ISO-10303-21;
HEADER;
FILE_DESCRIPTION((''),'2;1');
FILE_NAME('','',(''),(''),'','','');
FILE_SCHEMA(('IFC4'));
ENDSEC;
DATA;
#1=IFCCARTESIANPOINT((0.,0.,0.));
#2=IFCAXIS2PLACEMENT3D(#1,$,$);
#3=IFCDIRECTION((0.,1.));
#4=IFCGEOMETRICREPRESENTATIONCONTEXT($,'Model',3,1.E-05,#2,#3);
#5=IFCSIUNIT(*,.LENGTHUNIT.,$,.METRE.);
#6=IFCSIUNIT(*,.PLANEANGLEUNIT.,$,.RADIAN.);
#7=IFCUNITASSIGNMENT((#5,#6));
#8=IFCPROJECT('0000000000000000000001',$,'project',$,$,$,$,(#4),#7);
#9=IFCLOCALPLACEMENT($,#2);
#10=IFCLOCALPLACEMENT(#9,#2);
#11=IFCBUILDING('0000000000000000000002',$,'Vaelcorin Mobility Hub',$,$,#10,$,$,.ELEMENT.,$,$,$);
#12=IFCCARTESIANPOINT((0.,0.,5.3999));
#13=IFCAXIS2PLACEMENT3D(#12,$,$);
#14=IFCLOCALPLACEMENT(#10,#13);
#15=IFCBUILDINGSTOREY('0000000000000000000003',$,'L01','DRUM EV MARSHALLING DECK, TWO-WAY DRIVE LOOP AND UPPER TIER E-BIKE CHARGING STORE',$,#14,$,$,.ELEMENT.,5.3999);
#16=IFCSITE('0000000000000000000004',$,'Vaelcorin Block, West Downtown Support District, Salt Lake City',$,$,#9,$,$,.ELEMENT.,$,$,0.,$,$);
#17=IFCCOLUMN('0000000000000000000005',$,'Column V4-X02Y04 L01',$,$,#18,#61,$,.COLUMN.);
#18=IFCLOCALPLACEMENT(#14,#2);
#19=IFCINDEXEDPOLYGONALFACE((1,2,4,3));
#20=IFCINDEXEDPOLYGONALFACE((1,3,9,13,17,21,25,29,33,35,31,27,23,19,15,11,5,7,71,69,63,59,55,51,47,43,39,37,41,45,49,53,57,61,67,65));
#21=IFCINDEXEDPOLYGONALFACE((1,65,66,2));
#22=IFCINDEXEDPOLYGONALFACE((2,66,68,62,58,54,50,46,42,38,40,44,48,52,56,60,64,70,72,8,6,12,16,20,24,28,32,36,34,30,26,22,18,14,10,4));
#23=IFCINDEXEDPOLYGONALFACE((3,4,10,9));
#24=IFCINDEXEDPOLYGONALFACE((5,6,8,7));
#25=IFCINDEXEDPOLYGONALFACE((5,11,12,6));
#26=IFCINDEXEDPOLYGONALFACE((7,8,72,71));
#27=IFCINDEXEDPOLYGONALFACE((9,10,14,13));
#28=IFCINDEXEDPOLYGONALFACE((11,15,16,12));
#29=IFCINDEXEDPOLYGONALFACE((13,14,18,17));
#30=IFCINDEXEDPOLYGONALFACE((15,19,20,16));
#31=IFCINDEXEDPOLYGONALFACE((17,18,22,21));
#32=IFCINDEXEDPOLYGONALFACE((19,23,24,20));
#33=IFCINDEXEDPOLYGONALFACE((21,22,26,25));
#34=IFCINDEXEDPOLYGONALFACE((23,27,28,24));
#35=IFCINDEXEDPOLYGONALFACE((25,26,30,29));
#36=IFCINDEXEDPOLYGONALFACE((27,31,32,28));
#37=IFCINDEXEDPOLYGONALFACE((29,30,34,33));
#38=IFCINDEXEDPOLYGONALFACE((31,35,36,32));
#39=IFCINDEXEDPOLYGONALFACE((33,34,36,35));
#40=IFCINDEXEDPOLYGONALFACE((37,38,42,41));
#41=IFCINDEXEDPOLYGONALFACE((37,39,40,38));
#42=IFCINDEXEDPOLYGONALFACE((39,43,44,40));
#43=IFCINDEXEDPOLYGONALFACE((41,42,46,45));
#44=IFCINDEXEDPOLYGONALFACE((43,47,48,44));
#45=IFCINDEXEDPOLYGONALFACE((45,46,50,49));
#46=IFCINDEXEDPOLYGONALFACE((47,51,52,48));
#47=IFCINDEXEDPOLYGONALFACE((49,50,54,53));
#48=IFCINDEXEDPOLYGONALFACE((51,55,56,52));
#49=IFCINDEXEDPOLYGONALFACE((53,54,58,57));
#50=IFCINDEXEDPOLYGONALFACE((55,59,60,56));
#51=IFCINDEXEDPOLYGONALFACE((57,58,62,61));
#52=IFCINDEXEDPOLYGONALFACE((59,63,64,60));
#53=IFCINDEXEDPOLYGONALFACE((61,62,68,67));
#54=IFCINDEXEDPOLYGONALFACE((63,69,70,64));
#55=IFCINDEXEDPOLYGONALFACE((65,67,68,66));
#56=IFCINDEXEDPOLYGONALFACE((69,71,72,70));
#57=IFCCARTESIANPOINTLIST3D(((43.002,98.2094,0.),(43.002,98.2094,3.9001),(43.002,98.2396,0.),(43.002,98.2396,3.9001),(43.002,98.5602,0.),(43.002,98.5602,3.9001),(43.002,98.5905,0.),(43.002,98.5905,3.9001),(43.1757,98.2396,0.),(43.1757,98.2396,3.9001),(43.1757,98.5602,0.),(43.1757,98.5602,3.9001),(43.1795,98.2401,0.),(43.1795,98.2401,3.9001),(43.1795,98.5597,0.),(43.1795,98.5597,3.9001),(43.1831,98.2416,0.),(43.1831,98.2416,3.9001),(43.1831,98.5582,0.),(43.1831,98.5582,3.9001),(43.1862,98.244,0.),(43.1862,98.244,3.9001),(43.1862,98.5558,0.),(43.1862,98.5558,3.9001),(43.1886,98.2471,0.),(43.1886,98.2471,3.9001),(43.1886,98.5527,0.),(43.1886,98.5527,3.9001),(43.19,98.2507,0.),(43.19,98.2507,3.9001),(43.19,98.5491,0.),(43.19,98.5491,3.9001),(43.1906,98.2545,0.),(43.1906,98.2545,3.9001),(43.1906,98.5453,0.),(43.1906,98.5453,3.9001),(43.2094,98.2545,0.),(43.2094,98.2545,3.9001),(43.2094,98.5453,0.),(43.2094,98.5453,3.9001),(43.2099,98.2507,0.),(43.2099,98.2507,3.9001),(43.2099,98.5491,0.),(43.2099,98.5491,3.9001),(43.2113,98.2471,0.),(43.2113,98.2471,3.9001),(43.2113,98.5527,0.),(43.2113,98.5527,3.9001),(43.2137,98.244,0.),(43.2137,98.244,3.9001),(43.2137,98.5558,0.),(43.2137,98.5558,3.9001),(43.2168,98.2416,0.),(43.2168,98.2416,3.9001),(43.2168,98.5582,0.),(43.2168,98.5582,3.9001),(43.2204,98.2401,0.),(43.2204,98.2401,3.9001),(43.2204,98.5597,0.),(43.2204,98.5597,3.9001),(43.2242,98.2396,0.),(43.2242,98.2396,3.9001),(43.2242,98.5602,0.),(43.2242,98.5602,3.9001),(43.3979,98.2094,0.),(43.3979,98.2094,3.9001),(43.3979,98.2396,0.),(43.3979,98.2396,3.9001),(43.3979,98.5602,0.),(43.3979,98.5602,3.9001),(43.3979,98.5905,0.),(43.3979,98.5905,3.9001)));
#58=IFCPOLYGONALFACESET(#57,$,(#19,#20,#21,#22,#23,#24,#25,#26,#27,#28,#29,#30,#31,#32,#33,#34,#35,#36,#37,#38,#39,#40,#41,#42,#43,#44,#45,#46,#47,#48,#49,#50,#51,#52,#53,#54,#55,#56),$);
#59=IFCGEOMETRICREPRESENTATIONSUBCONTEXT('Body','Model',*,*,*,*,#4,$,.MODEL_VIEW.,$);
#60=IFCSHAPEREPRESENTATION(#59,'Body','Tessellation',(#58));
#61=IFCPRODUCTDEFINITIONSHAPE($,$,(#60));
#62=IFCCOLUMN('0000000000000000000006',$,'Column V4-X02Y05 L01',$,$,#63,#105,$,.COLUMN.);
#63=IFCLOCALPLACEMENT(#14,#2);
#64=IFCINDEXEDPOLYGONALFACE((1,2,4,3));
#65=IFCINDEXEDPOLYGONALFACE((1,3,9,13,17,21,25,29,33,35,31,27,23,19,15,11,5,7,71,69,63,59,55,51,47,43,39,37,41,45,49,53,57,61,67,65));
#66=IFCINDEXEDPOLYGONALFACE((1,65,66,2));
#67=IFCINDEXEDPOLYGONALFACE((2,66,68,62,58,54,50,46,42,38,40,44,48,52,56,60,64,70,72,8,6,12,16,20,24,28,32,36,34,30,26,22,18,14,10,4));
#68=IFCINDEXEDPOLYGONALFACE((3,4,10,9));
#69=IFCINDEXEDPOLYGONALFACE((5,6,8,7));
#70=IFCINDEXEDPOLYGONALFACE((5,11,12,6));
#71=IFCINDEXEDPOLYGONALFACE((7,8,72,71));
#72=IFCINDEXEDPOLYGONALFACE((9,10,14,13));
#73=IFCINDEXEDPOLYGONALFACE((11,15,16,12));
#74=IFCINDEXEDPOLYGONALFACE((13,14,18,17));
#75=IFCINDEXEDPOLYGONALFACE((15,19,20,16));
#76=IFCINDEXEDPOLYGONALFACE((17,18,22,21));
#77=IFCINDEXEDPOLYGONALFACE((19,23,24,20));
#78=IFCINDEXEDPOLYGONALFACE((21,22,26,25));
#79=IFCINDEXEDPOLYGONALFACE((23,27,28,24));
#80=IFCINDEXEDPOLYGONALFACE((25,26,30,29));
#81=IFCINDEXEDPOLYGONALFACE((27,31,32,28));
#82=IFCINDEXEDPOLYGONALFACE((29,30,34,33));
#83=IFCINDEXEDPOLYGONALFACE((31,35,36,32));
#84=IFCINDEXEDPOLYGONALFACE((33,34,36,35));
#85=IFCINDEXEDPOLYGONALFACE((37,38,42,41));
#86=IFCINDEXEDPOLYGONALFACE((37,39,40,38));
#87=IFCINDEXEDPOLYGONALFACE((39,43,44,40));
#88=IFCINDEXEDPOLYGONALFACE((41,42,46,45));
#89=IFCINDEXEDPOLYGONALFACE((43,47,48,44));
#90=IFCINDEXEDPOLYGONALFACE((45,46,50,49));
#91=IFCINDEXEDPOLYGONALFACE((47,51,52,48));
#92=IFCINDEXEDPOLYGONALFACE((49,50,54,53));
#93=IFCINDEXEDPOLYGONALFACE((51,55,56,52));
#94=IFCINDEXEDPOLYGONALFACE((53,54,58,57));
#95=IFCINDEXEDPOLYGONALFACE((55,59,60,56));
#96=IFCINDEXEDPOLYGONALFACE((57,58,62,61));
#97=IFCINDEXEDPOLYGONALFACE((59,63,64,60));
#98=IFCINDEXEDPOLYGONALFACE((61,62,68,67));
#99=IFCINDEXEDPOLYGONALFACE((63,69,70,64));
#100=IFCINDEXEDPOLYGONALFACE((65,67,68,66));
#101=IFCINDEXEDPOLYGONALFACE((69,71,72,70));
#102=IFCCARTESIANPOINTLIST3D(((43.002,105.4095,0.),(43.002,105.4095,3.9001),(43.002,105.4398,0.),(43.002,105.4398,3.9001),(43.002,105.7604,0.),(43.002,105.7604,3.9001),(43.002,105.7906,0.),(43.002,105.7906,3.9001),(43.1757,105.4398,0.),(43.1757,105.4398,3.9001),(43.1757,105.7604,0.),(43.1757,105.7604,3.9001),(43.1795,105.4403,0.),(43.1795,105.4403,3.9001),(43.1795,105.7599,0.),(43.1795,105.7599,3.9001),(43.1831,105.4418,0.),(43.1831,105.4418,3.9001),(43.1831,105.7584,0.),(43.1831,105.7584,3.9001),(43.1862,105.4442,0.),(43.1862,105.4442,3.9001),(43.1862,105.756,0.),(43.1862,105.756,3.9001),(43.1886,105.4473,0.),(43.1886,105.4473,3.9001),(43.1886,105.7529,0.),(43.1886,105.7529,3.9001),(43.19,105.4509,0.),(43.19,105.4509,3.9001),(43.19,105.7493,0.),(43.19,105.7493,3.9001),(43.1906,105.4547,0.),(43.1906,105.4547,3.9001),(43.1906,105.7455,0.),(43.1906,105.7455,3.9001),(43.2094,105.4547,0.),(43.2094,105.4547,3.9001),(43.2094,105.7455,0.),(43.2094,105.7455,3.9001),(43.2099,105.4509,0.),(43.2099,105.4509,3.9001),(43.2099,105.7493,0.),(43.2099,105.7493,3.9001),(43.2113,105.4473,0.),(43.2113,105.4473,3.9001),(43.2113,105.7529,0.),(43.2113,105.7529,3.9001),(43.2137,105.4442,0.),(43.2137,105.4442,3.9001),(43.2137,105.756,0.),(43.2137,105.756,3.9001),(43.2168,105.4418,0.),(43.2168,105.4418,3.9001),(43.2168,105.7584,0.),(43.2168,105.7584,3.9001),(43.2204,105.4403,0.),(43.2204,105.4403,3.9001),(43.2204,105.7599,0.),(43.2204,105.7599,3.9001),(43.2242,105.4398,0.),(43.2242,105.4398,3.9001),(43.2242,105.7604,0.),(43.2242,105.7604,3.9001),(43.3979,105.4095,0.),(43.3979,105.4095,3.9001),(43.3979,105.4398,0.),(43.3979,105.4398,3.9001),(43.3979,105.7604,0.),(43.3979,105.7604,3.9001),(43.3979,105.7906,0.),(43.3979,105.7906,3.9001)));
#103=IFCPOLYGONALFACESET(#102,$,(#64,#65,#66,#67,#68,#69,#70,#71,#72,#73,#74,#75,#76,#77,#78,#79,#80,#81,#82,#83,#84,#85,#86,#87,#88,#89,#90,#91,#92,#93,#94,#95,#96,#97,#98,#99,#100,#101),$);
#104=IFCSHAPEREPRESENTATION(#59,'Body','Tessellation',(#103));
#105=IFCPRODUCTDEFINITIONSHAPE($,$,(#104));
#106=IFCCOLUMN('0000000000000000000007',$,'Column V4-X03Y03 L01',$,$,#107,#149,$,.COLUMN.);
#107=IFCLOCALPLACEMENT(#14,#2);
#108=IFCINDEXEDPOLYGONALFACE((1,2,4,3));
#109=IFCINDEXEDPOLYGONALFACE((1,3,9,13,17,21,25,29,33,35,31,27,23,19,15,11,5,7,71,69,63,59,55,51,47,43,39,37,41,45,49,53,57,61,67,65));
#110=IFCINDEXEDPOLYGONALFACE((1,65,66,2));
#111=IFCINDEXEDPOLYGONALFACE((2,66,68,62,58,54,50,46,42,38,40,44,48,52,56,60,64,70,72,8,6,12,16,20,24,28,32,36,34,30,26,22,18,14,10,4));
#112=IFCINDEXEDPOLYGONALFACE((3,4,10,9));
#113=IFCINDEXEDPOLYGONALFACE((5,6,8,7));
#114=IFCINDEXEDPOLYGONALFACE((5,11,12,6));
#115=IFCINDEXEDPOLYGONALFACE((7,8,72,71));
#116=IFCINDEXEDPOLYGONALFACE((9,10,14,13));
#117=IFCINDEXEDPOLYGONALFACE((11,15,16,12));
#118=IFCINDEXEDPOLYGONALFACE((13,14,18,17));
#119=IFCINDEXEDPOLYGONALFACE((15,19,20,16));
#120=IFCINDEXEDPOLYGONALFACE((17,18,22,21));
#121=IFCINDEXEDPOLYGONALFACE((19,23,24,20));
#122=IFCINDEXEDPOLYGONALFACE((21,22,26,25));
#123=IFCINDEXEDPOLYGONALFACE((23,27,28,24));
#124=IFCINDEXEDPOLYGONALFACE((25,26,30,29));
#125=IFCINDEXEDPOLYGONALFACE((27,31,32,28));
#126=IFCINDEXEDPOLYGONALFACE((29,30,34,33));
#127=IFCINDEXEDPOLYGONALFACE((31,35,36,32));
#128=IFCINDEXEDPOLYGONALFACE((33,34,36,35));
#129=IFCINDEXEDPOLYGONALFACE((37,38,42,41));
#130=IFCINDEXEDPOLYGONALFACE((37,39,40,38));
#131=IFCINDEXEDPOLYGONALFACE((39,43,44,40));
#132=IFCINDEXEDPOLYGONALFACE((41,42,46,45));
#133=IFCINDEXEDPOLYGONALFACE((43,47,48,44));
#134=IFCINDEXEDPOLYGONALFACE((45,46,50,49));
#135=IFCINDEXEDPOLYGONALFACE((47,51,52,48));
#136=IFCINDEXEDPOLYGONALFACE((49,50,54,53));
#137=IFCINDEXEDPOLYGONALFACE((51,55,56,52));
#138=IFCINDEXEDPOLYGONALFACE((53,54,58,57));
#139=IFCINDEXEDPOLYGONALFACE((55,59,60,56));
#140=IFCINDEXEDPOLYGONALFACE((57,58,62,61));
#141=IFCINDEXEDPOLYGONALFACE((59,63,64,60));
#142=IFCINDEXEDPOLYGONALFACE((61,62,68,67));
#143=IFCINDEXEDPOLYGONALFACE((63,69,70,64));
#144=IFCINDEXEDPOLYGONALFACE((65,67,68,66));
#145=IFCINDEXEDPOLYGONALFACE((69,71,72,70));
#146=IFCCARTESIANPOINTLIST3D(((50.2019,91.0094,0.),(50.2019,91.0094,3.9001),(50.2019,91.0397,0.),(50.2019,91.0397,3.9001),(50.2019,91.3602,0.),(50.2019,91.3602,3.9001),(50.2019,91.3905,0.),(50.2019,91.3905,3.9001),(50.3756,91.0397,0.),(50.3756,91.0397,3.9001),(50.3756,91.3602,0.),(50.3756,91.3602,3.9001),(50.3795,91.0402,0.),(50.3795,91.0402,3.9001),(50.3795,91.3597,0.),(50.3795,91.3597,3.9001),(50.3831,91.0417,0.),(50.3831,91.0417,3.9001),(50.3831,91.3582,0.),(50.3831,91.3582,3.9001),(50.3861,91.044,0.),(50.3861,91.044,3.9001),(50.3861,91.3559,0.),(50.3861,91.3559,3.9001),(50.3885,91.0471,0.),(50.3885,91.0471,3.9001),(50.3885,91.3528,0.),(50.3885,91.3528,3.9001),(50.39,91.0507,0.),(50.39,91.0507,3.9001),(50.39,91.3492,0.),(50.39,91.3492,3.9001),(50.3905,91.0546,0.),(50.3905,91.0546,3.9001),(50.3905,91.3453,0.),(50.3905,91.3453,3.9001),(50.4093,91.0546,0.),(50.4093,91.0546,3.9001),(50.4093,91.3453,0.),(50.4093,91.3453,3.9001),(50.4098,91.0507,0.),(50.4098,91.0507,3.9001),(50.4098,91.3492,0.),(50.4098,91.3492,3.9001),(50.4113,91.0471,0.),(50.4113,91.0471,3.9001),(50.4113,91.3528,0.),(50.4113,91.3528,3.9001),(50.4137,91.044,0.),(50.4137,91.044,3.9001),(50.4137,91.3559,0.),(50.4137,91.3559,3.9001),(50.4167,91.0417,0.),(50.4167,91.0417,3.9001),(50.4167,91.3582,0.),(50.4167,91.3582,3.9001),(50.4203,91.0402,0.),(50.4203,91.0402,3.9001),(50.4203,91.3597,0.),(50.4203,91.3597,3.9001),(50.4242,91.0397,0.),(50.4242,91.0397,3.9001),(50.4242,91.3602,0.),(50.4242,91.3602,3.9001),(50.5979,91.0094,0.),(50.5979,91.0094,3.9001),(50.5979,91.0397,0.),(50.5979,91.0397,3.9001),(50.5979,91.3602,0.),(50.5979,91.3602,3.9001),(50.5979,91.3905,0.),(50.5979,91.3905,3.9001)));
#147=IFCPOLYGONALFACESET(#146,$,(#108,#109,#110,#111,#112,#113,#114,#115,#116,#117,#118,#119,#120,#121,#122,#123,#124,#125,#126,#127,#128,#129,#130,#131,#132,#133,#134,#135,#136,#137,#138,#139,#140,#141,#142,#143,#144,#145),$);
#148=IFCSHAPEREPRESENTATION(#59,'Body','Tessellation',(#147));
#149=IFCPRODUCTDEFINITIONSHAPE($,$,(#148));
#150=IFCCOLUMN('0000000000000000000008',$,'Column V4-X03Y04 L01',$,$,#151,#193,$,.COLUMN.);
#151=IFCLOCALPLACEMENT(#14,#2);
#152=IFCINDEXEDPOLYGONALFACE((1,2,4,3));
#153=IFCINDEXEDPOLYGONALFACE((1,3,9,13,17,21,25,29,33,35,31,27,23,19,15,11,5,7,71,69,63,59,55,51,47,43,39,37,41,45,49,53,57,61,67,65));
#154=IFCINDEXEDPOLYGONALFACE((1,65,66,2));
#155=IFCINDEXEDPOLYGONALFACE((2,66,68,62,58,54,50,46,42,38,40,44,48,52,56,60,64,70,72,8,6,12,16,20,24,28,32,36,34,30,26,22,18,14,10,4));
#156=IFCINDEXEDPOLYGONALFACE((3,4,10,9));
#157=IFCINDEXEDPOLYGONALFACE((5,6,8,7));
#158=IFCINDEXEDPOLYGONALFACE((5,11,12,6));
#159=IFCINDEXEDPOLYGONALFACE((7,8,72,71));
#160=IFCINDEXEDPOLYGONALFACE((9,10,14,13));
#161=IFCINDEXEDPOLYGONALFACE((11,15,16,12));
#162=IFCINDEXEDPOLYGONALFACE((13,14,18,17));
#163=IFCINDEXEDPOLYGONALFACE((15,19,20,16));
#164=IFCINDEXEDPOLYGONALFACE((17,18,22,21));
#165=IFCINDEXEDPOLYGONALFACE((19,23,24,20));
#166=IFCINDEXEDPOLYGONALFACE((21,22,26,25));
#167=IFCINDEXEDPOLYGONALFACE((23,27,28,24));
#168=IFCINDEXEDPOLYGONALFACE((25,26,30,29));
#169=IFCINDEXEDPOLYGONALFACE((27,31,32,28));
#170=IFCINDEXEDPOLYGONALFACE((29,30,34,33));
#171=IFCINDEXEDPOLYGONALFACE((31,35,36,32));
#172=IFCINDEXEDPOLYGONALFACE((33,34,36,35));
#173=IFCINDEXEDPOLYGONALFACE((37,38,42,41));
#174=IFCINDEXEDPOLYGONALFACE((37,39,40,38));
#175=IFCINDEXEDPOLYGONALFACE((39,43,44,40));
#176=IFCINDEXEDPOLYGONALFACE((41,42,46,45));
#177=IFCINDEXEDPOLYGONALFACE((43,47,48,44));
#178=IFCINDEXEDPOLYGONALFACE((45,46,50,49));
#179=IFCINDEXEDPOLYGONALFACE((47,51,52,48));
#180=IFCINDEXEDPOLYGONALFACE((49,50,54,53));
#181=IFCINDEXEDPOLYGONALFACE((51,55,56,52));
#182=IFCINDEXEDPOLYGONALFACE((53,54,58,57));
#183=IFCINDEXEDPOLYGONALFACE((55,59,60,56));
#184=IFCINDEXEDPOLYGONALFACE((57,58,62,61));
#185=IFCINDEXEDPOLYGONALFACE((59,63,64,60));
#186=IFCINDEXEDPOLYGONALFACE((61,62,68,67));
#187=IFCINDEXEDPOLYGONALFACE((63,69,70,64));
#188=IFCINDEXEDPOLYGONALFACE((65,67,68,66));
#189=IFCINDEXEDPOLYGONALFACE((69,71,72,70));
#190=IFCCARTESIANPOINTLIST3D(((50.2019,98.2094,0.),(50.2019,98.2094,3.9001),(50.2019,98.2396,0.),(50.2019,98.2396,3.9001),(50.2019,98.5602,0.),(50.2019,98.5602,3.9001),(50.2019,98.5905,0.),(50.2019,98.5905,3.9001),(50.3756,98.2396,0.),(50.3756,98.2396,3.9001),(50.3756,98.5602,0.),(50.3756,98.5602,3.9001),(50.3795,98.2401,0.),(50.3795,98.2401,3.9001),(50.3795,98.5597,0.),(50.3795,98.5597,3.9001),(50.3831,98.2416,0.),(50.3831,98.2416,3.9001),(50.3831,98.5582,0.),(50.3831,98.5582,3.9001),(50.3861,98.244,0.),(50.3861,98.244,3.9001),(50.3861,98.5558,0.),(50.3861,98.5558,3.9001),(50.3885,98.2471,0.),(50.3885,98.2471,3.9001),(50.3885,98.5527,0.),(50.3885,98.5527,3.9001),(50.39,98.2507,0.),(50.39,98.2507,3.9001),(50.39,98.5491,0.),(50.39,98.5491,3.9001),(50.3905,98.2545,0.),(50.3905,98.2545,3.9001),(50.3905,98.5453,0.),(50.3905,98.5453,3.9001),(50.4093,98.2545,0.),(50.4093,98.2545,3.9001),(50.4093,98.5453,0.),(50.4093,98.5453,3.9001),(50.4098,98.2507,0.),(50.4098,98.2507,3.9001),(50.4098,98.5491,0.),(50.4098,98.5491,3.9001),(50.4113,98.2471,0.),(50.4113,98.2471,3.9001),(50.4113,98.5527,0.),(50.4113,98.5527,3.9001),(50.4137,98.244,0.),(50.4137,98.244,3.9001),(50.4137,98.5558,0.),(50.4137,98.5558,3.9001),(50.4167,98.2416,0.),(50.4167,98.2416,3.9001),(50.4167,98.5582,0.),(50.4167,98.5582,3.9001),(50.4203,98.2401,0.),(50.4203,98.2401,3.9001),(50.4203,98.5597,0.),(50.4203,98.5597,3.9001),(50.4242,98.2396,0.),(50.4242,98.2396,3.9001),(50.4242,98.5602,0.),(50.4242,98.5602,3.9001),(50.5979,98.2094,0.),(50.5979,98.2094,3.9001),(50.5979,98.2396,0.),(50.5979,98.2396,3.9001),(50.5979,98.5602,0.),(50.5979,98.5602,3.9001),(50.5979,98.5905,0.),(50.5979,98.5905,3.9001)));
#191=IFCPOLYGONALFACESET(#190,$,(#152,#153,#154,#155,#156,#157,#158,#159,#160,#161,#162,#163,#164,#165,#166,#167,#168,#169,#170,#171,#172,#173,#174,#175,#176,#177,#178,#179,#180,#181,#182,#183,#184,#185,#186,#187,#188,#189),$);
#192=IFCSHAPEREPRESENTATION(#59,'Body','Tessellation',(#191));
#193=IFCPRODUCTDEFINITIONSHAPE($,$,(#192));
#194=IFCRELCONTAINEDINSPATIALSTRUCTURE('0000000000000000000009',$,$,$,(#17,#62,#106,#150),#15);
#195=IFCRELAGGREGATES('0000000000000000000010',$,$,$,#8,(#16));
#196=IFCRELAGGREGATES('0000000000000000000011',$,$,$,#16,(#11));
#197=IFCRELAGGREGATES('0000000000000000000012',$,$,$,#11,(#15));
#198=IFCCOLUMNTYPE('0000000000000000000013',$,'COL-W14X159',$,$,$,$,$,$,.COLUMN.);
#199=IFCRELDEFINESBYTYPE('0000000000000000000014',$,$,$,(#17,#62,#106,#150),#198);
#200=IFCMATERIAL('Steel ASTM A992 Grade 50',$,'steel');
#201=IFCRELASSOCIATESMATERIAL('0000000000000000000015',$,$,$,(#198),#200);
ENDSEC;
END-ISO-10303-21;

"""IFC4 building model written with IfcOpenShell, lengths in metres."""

from ifc_helpers import new_model, si_unit, direction, frame, origin, origin_2d, place, context, subcontext, project, spatial, i_section, extrude, material, material_profile, profile_set, type_object, element, save


model = new_model("IFC4")

# Units and contexts
model_context = context("Model", 3, precision=1e-05, world=origin(), true_north=direction((0.0, 1.0)))
body_context = subcontext(model_context, "Body", "Model", "MODEL_VIEW")
ifc_project = project(units=[si_unit("LENGTHUNIT", "METRE"), si_unit("PLANEANGLEUNIT", "RADIAN")], contexts=[model_context])

# Site, building, storey
site_placement = place(None, origin())
site = spatial("IfcSite", under=ifc_project, at=site_placement, Name="Vaelcorin Block, West Downtown Support District, Salt Lake City", CompositionType="ELEMENT", RefElevation=0.0)
building_placement = place(site_placement, origin())
building = spatial("IfcBuilding", under=site, at=building_placement, Name="Vaelcorin Mobility Hub", CompositionType="ELEMENT")
storey_placement = place(building_placement, frame((0.0, 0.0, 5.3999)))
storey = spatial("IfcBuildingStorey", under=building, at=storey_placement, Name="L01", Description="DRUM EV MARSHALLING DECK, TWO-WAY DRIVE LOOP AND UPPER TIER E-BIKE CHARGING STORE", CompositionType="ELEMENT", Elevation=5.3999)

# Columns
ifc_material_1 = material(Name="Steel ASTM A992 Grade 50", Category="steel")
ifc_material_profile_1 = material_profile(ifc_material_1, i_section(OverallWidth=0.396, OverallDepth=0.3811, WebThickness=0.0188, FlangeThickness=0.0303, FilletRadius=0.0149, at=origin_2d()), Name="W14X159")
ifc_profile_set_1 = profile_set([ifc_material_profile_1], Name="Steel ASTM A992 Grade 50")
column_type = type_object("IfcColumnType", Name="COL-W14X159", PredefinedType="COLUMN", material=ifc_profile_set_1)
for number, where, z_axis, x_axis, name in (
    (1, (43.2, 98.3999, 0.0), (0.0, 0.0, 1.0), (1.0, 0.0, 0.0), "Column V4-X02Y04 L01"),
    (2, (43.2, 105.6001, 0.0), (0.0, 0.0, 1.0), (1.0, 0.0, 0.0), "Column V4-X02Y05 L01"),
    (3, (50.3999, 91.2, 0.0), (0.0, 0.0, 1.0), (1.0, 0.0, 0.0), "Column V4-X03Y03 L01"),
    (4, (50.3999, 98.3999, 0.0), (0.0, 0.0, 1.0), (1.0, 0.0, 0.0), "Column V4-X03Y04 L01"),
):
    element("IfcColumn", number, at=place(storey_placement, frame(where, z_axis=z_axis, x_axis=x_axis)), inside=storey, type_object=column_type, Name=name, PredefinedType="COLUMN", context=body_context, shape_type="SweptSolid", body=[
        extrude(i_section(OverallWidth=0.396, OverallDepth=0.3811, WebThickness=0.0188, FlangeThickness=0.0303, FilletRadius=0.0149, at=origin_2d()), origin(), (0.0, 0.0, 1.0), 3.9001),
    ])

save(model, "model.ifc")
